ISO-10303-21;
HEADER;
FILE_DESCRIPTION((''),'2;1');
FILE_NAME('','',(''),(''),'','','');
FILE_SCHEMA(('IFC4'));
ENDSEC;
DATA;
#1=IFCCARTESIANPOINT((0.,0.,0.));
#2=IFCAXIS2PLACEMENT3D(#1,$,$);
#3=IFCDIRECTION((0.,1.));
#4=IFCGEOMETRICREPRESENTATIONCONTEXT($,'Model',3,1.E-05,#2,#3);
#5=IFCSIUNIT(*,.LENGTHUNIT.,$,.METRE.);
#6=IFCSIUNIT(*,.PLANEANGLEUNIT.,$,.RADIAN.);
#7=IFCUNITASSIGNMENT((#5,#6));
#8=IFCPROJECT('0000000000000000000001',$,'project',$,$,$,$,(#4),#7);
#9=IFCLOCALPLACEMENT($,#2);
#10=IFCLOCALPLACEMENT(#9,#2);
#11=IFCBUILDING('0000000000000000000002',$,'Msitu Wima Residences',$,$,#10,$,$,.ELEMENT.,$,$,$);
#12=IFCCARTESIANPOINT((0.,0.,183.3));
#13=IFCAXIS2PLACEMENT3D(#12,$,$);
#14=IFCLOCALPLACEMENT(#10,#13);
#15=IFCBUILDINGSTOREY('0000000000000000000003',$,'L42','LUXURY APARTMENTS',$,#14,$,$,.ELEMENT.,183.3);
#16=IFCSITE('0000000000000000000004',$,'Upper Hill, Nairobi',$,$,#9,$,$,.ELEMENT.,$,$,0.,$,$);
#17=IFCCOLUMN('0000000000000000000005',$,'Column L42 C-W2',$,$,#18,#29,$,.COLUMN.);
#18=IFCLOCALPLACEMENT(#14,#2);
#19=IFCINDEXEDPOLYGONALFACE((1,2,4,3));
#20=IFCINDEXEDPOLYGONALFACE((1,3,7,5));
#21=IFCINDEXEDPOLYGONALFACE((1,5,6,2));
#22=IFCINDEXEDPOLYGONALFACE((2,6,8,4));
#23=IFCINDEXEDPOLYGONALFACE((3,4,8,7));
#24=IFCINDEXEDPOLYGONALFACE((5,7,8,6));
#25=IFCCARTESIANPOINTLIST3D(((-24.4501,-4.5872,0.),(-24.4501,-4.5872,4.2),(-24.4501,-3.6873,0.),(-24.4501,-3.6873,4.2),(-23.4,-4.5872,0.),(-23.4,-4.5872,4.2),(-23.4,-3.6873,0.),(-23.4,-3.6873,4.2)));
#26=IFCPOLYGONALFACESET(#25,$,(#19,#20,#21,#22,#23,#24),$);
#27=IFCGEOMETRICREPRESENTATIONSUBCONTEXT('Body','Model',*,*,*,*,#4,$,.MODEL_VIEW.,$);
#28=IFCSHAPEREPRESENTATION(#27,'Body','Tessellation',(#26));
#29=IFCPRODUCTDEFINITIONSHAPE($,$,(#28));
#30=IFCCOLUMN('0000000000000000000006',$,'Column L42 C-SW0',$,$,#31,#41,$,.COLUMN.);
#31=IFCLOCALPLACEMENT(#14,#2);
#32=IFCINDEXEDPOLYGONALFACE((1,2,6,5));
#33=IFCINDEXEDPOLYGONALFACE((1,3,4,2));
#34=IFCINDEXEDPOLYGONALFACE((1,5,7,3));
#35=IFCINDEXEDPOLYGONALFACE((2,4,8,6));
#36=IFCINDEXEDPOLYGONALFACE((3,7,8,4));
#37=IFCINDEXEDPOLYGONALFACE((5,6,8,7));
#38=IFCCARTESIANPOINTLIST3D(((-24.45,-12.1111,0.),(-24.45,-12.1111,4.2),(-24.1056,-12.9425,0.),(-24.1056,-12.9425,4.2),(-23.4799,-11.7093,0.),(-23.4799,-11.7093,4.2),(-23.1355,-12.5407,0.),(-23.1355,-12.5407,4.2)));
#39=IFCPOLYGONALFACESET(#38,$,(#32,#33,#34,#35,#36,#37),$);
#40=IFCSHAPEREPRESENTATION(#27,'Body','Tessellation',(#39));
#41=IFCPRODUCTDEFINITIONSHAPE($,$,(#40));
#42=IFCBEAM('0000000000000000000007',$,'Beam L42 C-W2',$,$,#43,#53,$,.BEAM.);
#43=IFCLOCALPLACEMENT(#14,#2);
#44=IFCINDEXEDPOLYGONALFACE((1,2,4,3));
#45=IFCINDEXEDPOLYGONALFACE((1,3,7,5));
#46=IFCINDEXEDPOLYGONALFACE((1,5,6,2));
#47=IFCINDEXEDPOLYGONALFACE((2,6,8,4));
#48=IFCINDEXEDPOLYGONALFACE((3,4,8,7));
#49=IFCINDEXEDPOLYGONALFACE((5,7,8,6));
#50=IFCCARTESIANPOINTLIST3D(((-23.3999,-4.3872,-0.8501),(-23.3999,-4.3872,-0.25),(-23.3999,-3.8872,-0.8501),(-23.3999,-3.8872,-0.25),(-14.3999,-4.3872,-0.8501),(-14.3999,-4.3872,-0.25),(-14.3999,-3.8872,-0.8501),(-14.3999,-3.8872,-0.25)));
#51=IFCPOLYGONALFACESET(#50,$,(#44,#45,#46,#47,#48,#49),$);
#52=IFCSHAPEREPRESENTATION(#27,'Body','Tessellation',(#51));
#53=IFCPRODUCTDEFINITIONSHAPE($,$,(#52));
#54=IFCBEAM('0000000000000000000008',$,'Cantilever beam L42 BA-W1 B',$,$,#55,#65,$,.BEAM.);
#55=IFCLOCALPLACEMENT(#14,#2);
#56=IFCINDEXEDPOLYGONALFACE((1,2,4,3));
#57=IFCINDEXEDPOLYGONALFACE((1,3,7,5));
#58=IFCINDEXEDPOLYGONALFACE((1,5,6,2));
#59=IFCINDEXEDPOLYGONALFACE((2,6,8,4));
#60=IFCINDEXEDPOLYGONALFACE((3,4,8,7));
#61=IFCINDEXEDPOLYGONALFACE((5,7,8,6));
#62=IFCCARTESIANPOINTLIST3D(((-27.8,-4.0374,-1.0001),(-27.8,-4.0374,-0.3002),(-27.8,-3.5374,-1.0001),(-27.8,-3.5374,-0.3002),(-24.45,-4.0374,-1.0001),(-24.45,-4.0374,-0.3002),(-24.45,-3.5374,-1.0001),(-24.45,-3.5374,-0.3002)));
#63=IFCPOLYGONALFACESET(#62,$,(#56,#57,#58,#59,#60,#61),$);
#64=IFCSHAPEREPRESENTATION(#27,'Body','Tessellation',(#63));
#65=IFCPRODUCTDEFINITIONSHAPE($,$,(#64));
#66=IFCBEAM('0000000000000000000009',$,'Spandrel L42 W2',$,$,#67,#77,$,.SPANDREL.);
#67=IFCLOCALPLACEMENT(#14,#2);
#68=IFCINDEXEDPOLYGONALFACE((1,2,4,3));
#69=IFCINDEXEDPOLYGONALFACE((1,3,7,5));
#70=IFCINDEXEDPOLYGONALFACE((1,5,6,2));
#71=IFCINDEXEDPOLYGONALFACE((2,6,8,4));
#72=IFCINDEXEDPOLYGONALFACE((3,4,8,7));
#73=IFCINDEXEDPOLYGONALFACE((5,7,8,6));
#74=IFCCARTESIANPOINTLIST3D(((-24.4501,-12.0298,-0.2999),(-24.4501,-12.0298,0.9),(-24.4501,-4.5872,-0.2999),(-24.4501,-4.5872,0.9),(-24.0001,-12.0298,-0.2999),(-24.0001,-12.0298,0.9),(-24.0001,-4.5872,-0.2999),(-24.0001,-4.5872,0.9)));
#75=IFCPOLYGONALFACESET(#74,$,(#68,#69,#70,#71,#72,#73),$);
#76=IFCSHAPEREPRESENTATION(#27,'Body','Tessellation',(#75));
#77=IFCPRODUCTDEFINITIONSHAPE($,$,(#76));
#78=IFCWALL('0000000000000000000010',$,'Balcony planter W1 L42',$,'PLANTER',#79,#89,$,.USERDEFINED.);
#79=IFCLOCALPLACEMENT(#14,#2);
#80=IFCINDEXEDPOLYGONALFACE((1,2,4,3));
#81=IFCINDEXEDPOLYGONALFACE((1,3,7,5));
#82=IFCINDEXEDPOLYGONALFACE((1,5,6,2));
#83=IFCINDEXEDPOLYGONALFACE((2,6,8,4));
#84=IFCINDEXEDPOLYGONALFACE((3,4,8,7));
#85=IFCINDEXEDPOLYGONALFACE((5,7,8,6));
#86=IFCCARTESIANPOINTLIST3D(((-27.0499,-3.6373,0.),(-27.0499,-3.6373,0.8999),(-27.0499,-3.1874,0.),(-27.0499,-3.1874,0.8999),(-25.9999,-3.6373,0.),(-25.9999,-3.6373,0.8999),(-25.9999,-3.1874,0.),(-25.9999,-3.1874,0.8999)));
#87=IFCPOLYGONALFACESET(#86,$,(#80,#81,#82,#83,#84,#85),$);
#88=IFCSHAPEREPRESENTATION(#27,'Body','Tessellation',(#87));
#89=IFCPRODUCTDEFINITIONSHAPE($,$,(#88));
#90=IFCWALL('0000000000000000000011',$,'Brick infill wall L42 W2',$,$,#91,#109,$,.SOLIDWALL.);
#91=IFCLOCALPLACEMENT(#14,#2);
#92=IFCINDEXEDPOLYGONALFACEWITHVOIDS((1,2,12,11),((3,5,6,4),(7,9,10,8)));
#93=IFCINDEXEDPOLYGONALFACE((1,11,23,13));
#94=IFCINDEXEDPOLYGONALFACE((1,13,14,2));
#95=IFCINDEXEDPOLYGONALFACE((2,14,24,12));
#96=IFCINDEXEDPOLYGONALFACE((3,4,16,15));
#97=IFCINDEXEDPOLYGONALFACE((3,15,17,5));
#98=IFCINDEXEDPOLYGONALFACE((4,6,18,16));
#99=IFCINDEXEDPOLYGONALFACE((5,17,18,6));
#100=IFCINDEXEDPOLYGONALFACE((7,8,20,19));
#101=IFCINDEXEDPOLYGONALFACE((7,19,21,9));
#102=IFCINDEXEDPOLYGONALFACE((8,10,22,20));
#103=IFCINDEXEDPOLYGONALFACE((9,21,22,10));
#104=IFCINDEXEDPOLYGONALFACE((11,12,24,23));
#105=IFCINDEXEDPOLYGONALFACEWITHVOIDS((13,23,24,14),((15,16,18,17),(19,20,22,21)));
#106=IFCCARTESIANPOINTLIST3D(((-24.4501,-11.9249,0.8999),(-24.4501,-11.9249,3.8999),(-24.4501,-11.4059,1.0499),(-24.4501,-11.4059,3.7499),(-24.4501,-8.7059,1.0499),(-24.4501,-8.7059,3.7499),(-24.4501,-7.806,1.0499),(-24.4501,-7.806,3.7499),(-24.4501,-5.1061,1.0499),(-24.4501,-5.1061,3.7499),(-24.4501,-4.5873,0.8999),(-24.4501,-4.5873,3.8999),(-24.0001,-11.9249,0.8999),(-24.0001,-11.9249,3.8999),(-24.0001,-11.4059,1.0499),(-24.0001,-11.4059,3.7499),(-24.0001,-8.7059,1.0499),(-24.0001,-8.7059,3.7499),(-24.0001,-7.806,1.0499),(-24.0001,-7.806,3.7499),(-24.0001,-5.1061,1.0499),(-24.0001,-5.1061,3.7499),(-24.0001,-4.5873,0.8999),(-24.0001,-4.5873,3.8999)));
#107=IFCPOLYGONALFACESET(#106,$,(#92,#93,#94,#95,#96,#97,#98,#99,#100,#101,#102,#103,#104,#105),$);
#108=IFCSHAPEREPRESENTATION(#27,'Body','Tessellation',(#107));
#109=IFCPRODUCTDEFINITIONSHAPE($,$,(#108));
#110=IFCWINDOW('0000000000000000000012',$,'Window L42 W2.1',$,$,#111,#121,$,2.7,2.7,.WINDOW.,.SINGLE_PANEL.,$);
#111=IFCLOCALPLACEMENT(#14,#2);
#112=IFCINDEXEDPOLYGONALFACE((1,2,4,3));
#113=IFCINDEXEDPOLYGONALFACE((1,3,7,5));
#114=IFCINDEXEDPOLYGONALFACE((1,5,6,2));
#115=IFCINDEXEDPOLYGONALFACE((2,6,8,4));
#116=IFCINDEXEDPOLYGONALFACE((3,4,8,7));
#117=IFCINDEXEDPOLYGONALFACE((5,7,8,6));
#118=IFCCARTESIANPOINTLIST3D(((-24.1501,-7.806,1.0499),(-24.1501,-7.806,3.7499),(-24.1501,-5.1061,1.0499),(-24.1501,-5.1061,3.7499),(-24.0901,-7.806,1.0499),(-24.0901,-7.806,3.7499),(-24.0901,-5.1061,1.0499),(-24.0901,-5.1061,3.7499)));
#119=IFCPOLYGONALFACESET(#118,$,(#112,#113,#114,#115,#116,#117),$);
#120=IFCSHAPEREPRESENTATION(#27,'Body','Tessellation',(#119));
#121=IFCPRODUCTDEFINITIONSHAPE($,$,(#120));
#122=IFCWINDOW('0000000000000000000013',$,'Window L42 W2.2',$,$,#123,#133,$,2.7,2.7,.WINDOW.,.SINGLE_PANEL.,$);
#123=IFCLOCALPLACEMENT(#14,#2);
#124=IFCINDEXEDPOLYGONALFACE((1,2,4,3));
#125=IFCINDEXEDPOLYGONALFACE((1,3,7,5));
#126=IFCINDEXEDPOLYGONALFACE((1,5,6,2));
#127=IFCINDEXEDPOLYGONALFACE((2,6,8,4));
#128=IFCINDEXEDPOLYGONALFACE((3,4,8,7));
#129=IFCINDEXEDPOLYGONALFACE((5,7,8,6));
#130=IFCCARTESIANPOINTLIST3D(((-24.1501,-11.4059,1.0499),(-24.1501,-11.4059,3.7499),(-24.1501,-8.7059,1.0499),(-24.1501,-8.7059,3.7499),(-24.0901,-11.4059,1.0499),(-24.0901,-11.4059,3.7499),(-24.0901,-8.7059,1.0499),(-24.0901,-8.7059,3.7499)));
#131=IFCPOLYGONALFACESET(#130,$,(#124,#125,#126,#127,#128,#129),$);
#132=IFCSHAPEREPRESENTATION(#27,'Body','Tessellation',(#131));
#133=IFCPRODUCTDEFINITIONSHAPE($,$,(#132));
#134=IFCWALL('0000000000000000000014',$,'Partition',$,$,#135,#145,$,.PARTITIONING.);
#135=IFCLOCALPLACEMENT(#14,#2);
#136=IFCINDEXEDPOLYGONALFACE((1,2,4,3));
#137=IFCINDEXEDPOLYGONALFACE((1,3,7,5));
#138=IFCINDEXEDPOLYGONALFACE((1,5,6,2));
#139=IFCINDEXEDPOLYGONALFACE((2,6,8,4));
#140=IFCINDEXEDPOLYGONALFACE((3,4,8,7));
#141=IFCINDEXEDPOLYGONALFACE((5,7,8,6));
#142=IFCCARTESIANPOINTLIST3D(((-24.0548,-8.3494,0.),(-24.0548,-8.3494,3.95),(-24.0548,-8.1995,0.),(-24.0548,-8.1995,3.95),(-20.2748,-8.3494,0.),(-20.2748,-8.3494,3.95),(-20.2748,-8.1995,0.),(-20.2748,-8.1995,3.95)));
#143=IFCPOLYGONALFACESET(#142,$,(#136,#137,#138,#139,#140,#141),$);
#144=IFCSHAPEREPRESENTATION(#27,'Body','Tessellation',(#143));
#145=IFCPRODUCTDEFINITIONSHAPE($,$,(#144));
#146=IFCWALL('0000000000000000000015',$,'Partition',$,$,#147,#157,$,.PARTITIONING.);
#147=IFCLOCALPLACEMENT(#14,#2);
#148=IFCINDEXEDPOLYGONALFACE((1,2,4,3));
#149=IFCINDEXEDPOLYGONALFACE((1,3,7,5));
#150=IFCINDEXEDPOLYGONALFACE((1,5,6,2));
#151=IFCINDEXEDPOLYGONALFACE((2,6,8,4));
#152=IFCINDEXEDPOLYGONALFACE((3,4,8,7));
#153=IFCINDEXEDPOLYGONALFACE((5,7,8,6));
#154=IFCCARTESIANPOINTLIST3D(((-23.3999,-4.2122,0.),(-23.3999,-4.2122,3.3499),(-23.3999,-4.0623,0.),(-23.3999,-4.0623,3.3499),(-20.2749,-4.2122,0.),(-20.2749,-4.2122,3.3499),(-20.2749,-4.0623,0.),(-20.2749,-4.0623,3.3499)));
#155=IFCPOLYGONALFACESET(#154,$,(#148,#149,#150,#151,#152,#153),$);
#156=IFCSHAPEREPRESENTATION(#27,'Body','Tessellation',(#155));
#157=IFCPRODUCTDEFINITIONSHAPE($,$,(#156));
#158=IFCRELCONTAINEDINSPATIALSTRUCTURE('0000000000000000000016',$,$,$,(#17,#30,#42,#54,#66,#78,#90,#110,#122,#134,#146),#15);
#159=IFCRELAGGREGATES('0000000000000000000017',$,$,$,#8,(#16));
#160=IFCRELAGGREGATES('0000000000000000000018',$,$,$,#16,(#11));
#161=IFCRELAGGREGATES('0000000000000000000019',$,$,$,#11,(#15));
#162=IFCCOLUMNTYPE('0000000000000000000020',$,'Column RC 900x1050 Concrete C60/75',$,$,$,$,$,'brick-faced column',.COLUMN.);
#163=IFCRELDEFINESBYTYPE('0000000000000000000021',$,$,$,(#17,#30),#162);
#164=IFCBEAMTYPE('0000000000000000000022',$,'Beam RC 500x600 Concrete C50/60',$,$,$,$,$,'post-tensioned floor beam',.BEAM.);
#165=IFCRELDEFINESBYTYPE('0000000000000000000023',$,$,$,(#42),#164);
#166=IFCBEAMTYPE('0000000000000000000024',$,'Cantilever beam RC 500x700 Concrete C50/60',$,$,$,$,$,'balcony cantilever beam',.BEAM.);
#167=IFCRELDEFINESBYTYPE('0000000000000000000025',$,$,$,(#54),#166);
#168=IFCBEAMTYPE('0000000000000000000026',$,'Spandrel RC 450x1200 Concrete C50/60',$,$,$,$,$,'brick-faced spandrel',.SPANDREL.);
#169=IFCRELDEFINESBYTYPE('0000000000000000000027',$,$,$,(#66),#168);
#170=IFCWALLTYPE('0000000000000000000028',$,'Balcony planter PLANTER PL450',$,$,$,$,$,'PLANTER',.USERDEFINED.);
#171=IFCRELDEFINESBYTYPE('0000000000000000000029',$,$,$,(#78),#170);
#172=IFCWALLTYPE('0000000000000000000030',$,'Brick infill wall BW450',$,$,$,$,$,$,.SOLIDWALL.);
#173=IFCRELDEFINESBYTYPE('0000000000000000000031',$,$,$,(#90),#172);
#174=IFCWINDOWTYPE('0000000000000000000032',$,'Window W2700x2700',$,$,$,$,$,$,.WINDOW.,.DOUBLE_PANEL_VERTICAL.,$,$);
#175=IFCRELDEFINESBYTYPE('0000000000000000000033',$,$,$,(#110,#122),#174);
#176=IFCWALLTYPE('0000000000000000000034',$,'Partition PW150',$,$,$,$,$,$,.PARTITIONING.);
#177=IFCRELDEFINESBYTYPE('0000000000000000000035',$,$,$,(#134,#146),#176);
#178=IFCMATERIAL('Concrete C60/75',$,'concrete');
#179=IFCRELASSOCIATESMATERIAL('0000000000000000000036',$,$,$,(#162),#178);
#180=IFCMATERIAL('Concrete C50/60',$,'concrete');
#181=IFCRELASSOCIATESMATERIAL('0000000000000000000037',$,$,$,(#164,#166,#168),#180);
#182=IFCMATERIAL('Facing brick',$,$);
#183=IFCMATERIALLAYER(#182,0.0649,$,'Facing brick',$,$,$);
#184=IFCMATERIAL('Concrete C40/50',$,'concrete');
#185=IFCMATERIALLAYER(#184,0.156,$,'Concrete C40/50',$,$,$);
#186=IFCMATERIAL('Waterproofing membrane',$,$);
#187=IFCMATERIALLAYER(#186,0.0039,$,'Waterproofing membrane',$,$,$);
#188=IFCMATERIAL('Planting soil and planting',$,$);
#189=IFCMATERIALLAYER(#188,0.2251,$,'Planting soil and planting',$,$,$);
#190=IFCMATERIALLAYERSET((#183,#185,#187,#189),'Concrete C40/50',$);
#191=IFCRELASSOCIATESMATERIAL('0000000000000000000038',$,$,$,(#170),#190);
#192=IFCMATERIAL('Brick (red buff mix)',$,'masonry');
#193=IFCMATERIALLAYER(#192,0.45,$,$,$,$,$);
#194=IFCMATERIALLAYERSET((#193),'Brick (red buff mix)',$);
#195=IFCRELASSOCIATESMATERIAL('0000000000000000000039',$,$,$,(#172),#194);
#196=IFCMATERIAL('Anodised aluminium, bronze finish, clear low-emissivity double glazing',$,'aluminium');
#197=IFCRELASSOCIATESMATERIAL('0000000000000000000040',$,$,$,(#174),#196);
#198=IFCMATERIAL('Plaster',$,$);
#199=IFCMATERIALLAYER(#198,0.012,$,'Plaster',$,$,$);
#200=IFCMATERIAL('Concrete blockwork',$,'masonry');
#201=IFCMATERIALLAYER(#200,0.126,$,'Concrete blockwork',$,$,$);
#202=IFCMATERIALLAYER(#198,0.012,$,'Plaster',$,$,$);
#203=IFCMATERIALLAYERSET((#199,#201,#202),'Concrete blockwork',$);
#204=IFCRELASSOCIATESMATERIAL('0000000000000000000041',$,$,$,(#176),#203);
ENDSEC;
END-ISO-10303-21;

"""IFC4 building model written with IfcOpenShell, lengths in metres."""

from ifc_helpers import new_model, si_unit, direction, frame, frame_2d, origin, origin_2d, place, context, subcontext, project, spatial, rectangle, extrude, material, layer, layer_set, material_profile, profile_set, type_object, element, fill, save


model = new_model("IFC4")

# Units and contexts
model_context = context("Model", 3, precision=1e-05, world=origin(), true_north=direction((0.0, 1.0)))
body_context = subcontext(model_context, "Body", "Model", "MODEL_VIEW")
ifc_project = project(units=[si_unit("LENGTHUNIT", "METRE"), si_unit("PLANEANGLEUNIT", "RADIAN")], contexts=[model_context])

# Site, building, storey
site_placement = place(None, origin())
site = spatial("IfcSite", under=ifc_project, at=site_placement, Name="Upper Hill, Nairobi", CompositionType="ELEMENT", RefElevation=0.0)
building_placement = place(site_placement, origin())
building = spatial("IfcBuilding", under=site, at=building_placement, Name="Msitu Wima Residences", CompositionType="ELEMENT")
storey_placement = place(building_placement, frame((0.0, 0.0, 183.3)))
storey = spatial("IfcBuildingStorey", under=building, at=storey_placement, Name="L42", Description="LUXURY APARTMENTS", CompositionType="ELEMENT", Elevation=183.3)

# Columns
ifc_material_1 = material(Name="Concrete C60/75", Category="concrete")
ifc_material_profile_1 = material_profile(ifc_material_1, rectangle(XDim=0.8999, YDim=1.05, at=origin_2d()), Name="RC 900x1050")
ifc_profile_set_1 = profile_set([ifc_material_profile_1], Name="Concrete C60/75")
column_type = type_object("IfcColumnType", Name="Column RC 900x1050 Concrete C60/75", ElementType="brick-faced column", PredefinedType="COLUMN", material=ifc_profile_set_1)
for number, where, z_axis, x_axis, name in (
    (1, (-23.925, -4.1372, 0.0), (0.0, 0.0, 1.0), (0.0, -1.0, 0.0), "Column L42 C-W2"),
    (2, (-23.7927, -12.3259, 0.0), (0.0, 0.0, 1.0), (0.382683, -0.92388, 0.0), "Column L42 C-SW0"),
):
    element("IfcColumn", number, at=place(storey_placement, frame(where, z_axis=z_axis, x_axis=x_axis)), inside=storey, type_object=column_type, Name=name, PredefinedType="COLUMN", context=body_context, shape_type="SweptSolid", body=[
        extrude(rectangle(XDim=0.8999, YDim=1.05, at=origin_2d()), origin(), (0.0, 0.0, 1.0), 4.2),
    ])

# Beams
ifc_material_2 = material(Name="Concrete C50/60", Category="concrete")
ifc_material_profile_2 = material_profile(ifc_material_2, rectangle(XDim=0.5, YDim=0.6001, at=origin_2d()), Name="RC 500x600")
ifc_profile_set_2 = profile_set([ifc_material_profile_2], Name="Concrete C50/60")
beam_type_1 = type_object("IfcBeamType", Name="Beam RC 500x600 Concrete C50/60", ElementType="post-tensioned floor beam", PredefinedType="BEAM", material=ifc_profile_set_2)
beam_1_placement = place(storey_placement, frame((-23.3999, -4.1372, -0.55), z_axis=(1.0, 0.0, 0.0), x_axis=(0.0, 1.0, 0.0)))
element("IfcBeam", 3, at=beam_1_placement, inside=storey, type_object=beam_type_1, Name="Beam L42 C-W2", PredefinedType="BEAM", context=body_context, shape_type="SweptSolid", body=[
    extrude(rectangle(XDim=0.5, YDim=0.6001, at=origin_2d()), origin(), (0.0, 0.0, 1.0), 9.0),
])
ifc_material_profile_3 = material_profile(ifc_material_2, rectangle(XDim=0.5, YDim=0.7, at=origin_2d()), Name="RC 500x700")
ifc_profile_set_3 = profile_set([ifc_material_profile_3], Name="Concrete C50/60")
beam_type_2 = type_object("IfcBeamType", Name="Cantilever beam RC 500x700 Concrete C50/60", ElementType="balcony cantilever beam", PredefinedType="BEAM", material=ifc_profile_set_3)
beam_2_placement = place(storey_placement, frame((-24.45, -3.7874, -0.6501), z_axis=(-1.0, 0.0, 0.0), x_axis=(0.0, -1.0, 0.0)))
element("IfcBeam", 4, at=beam_2_placement, inside=storey, type_object=beam_type_2, Name="Cantilever beam L42 BA-W1 B", PredefinedType="BEAM", context=body_context, shape_type="SweptSolid", body=[
    extrude(rectangle(XDim=0.5, YDim=0.7, at=origin_2d()), origin(), (0.0, 0.0, 1.0), 3.3501),
])
ifc_material_profile_4 = material_profile(ifc_material_2, rectangle(XDim=0.45, YDim=1.2, at=origin_2d()), Name="RC 450x1200")
ifc_profile_set_4 = profile_set([ifc_material_profile_4], Name="Concrete C50/60")
beam_type_3 = type_object("IfcBeamType", Name="Spandrel RC 450x1200 Concrete C50/60", ElementType="brick-faced spandrel", PredefinedType="SPANDREL", material=ifc_profile_set_4)
beam_3_placement = place(storey_placement, frame((-24.2251, -4.5872, 0.3), z_axis=(0.0, -1.0, 0.0), x_axis=(1.0, 0.0, 0.0)))
element("IfcBeam", 5, at=beam_3_placement, inside=storey, type_object=beam_type_3, Name="Spandrel L42 W2", PredefinedType="SPANDREL", context=body_context, shape_type="SweptSolid", body=[
    extrude(rectangle(XDim=0.45, YDim=1.2, at=origin_2d()), origin(), (0.0, 0.0, 1.0), 7.4426),
])

# Wall
ifc_material_3 = material(Name="Facing brick")
ifc_layer_1 = layer(ifc_material_3, 0.0649, Name="Facing brick")
ifc_material_4 = material(Name="Concrete C40/50", Category="concrete")
ifc_layer_2 = layer(ifc_material_4, 0.156, Name="Concrete C40/50")
ifc_material_5 = material(Name="Waterproofing membrane")
ifc_layer_3 = layer(ifc_material_5, 0.0039, Name="Waterproofing membrane")
ifc_material_6 = material(Name="Planting soil and planting")
ifc_layer_4 = layer(ifc_material_6, 0.2251, Name="Planting soil and planting")
ifc_layer_set_1 = layer_set([ifc_layer_1, ifc_layer_2, ifc_layer_3, ifc_layer_4], Name="Concrete C40/50")
wall_type_1 = type_object("IfcWallType", Name="Balcony planter PLANTER PL450", ElementType="PLANTER", PredefinedType="USERDEFINED", material=ifc_layer_set_1)
wall_1_placement = place(storey_placement, frame((-26.0, -3.4124, 0.0), z_axis=(0.0, 0.0, 1.0), x_axis=(-1.0, 0.0, 0.0)))
element("IfcWall", 6, at=wall_1_placement, inside=storey, type_object=wall_type_1, Name="Balcony planter W1 L42", ObjectType="PLANTER", PredefinedType="USERDEFINED", context=body_context, shape_type="SweptSolid", body=[
    extrude(rectangle(XDim=1.05, YDim=0.45, at=frame_2d((0.5249, 0.0))), origin(), (0.0, 0.0, 1.0), 0.8999),
])

# Wall, openings, windows
ifc_material_7 = material(Name="Brick (red buff mix)", Category="masonry")
ifc_layer_5 = layer(ifc_material_7, 0.45)
ifc_layer_set_2 = layer_set([ifc_layer_5], Name="Brick (red buff mix)")
wall_type_2 = type_object("IfcWallType", Name="Brick infill wall BW450", PredefinedType="SOLIDWALL", material=ifc_layer_set_2)
wall_2_placement = place(storey_placement, frame((-24.2251, -4.5872, 0.8999), z_axis=(0.0, 0.0, 1.0), x_axis=(0.0, -1.0, 0.0)))
wall_2 = element("IfcWall", 7, at=wall_2_placement, inside=storey, type_object=wall_type_2, Name="Brick infill wall L42 W2", PredefinedType="SOLIDWALL", context=body_context, shape_type="SweptSolid", body=[
    extrude(rectangle(XDim=7.3376, YDim=0.45, at=frame_2d((3.6689, 0.0))), origin(), (0.0, 0.0, 1.0), 3.0),
])
opening_1_placement = place(wall_2_placement, frame((0.5188, 0.0, 0.1499)))
opening_1 = element("IfcOpeningElement", 8, at=opening_1_placement, cuts=wall_2, PredefinedType="OPENING", context=body_context, shape_type="SweptSolid", body=[
    extrude(rectangle(XDim=2.7, YDim=2.7, at=frame_2d((1.3501, 1.3501))), frame((0.0, 0.2349, 0.0), z_axis=(0.0, -1.0, 0.0), x_axis=(1.0, 0.0, 0.0)), (0.0, 0.0, 1.0), 0.47),
])
opening_2_placement = place(wall_2_placement, frame((4.1187, 0.0, 0.1499)))
opening_2 = element("IfcOpeningElement", 9, at=opening_2_placement, cuts=wall_2, PredefinedType="OPENING", context=body_context, shape_type="SweptSolid", body=[
    extrude(rectangle(XDim=2.7, YDim=2.7, at=frame_2d((1.3501, 1.3501))), frame((0.0, 0.2349, 0.0), z_axis=(0.0, -1.0, 0.0), x_axis=(1.0, 0.0, 0.0)), (0.0, 0.0, 1.0), 0.47),
])
ifc_material_8 = material(Name="Anodised aluminium, bronze finish, clear low-emissivity double glazing", Category="aluminium")
window_type = type_object("IfcWindowType", Name="Window W2700x2700", PartitioningType="DOUBLE_PANEL_VERTICAL", PredefinedType="WINDOW", material=ifc_material_8)
window_1_placement = place(opening_1_placement, origin())
window_1 = element("IfcWindow", 10, at=window_1_placement, inside=storey, type_object=window_type, Name="Window L42 W2.1", OverallHeight=2.7, OverallWidth=2.7, PartitioningType="SINGLE_PANEL", PredefinedType="WINDOW", context=body_context, shape_type="SweptSolid", body=[
    extrude(rectangle(XDim=2.7, YDim=2.7, at=frame_2d((1.3501, 1.3501))), frame((0.0, 0.135, 0.0), z_axis=(0.0, -1.0, 0.0), x_axis=(1.0, 0.0, 0.0)), (0.0, 0.0, 1.0), 0.0601),
])
fill(opening_1, window_1)
window_2_placement = place(opening_2_placement, origin())
window_2 = element("IfcWindow", 11, at=window_2_placement, inside=storey, type_object=window_type, Name="Window L42 W2.2", OverallHeight=2.7, OverallWidth=2.7, PartitioningType="SINGLE_PANEL", PredefinedType="WINDOW", context=body_context, shape_type="SweptSolid", body=[
    extrude(rectangle(XDim=2.7, YDim=2.7, at=frame_2d((1.3501, 1.3501))), frame((0.0, 0.135, 0.0), z_axis=(0.0, -1.0, 0.0), x_axis=(1.0, 0.0, 0.0)), (0.0, 0.0, 1.0), 0.0601),
])
fill(opening_2, window_2)

# Walls
ifc_material_9 = material(Name="Plaster")
ifc_layer_6 = layer(ifc_material_9, 0.012, Name="Plaster")
ifc_material_10 = material(Name="Concrete blockwork", Category="masonry")
ifc_layer_7 = layer(ifc_material_10, 0.126, Name="Concrete blockwork")
ifc_layer_8 = layer(ifc_material_9, 0.012, Name="Plaster")
ifc_layer_set_3 = layer_set([ifc_layer_6, ifc_layer_7, ifc_layer_8], Name="Concrete blockwork")
wall_type_3 = type_object("IfcWallType", Name="Partition PW150", PredefinedType="PARTITIONING", material=ifc_layer_set_3)
wall_3_placement = place(storey_placement, frame((-24.0549, -8.2744, 0.0), z_axis=(0.0, 0.0, 1.0), x_axis=(1.0, 0.0, 0.0)))
element("IfcWall", 12, at=wall_3_placement, inside=storey, type_object=wall_type_3, Name="Partition", PredefinedType="PARTITIONING", context=body_context, shape_type="SweptSolid", body=[
    extrude(rectangle(XDim=3.78, YDim=0.1499, at=frame_2d((1.8901, 0.0))), origin(), (0.0, 0.0, 1.0), 3.95),
])
wall_4_placement = place(storey_placement, frame((-23.3999, -4.1372, 0.0), z_axis=(0.0, 0.0, 1.0), x_axis=(1.0, 0.0, 0.0)))
element("IfcWall", 13, at=wall_4_placement, inside=storey, type_object=wall_type_3, Name="Partition", PredefinedType="PARTITIONING", context=body_context, shape_type="SweptSolid", body=[
    extrude(rectangle(XDim=3.125, YDim=0.1499, at=frame_2d((1.5625, 0.0))), origin(), (0.0, 0.0, 1.0), 3.3499),
])

save(model, "model.ifc")
